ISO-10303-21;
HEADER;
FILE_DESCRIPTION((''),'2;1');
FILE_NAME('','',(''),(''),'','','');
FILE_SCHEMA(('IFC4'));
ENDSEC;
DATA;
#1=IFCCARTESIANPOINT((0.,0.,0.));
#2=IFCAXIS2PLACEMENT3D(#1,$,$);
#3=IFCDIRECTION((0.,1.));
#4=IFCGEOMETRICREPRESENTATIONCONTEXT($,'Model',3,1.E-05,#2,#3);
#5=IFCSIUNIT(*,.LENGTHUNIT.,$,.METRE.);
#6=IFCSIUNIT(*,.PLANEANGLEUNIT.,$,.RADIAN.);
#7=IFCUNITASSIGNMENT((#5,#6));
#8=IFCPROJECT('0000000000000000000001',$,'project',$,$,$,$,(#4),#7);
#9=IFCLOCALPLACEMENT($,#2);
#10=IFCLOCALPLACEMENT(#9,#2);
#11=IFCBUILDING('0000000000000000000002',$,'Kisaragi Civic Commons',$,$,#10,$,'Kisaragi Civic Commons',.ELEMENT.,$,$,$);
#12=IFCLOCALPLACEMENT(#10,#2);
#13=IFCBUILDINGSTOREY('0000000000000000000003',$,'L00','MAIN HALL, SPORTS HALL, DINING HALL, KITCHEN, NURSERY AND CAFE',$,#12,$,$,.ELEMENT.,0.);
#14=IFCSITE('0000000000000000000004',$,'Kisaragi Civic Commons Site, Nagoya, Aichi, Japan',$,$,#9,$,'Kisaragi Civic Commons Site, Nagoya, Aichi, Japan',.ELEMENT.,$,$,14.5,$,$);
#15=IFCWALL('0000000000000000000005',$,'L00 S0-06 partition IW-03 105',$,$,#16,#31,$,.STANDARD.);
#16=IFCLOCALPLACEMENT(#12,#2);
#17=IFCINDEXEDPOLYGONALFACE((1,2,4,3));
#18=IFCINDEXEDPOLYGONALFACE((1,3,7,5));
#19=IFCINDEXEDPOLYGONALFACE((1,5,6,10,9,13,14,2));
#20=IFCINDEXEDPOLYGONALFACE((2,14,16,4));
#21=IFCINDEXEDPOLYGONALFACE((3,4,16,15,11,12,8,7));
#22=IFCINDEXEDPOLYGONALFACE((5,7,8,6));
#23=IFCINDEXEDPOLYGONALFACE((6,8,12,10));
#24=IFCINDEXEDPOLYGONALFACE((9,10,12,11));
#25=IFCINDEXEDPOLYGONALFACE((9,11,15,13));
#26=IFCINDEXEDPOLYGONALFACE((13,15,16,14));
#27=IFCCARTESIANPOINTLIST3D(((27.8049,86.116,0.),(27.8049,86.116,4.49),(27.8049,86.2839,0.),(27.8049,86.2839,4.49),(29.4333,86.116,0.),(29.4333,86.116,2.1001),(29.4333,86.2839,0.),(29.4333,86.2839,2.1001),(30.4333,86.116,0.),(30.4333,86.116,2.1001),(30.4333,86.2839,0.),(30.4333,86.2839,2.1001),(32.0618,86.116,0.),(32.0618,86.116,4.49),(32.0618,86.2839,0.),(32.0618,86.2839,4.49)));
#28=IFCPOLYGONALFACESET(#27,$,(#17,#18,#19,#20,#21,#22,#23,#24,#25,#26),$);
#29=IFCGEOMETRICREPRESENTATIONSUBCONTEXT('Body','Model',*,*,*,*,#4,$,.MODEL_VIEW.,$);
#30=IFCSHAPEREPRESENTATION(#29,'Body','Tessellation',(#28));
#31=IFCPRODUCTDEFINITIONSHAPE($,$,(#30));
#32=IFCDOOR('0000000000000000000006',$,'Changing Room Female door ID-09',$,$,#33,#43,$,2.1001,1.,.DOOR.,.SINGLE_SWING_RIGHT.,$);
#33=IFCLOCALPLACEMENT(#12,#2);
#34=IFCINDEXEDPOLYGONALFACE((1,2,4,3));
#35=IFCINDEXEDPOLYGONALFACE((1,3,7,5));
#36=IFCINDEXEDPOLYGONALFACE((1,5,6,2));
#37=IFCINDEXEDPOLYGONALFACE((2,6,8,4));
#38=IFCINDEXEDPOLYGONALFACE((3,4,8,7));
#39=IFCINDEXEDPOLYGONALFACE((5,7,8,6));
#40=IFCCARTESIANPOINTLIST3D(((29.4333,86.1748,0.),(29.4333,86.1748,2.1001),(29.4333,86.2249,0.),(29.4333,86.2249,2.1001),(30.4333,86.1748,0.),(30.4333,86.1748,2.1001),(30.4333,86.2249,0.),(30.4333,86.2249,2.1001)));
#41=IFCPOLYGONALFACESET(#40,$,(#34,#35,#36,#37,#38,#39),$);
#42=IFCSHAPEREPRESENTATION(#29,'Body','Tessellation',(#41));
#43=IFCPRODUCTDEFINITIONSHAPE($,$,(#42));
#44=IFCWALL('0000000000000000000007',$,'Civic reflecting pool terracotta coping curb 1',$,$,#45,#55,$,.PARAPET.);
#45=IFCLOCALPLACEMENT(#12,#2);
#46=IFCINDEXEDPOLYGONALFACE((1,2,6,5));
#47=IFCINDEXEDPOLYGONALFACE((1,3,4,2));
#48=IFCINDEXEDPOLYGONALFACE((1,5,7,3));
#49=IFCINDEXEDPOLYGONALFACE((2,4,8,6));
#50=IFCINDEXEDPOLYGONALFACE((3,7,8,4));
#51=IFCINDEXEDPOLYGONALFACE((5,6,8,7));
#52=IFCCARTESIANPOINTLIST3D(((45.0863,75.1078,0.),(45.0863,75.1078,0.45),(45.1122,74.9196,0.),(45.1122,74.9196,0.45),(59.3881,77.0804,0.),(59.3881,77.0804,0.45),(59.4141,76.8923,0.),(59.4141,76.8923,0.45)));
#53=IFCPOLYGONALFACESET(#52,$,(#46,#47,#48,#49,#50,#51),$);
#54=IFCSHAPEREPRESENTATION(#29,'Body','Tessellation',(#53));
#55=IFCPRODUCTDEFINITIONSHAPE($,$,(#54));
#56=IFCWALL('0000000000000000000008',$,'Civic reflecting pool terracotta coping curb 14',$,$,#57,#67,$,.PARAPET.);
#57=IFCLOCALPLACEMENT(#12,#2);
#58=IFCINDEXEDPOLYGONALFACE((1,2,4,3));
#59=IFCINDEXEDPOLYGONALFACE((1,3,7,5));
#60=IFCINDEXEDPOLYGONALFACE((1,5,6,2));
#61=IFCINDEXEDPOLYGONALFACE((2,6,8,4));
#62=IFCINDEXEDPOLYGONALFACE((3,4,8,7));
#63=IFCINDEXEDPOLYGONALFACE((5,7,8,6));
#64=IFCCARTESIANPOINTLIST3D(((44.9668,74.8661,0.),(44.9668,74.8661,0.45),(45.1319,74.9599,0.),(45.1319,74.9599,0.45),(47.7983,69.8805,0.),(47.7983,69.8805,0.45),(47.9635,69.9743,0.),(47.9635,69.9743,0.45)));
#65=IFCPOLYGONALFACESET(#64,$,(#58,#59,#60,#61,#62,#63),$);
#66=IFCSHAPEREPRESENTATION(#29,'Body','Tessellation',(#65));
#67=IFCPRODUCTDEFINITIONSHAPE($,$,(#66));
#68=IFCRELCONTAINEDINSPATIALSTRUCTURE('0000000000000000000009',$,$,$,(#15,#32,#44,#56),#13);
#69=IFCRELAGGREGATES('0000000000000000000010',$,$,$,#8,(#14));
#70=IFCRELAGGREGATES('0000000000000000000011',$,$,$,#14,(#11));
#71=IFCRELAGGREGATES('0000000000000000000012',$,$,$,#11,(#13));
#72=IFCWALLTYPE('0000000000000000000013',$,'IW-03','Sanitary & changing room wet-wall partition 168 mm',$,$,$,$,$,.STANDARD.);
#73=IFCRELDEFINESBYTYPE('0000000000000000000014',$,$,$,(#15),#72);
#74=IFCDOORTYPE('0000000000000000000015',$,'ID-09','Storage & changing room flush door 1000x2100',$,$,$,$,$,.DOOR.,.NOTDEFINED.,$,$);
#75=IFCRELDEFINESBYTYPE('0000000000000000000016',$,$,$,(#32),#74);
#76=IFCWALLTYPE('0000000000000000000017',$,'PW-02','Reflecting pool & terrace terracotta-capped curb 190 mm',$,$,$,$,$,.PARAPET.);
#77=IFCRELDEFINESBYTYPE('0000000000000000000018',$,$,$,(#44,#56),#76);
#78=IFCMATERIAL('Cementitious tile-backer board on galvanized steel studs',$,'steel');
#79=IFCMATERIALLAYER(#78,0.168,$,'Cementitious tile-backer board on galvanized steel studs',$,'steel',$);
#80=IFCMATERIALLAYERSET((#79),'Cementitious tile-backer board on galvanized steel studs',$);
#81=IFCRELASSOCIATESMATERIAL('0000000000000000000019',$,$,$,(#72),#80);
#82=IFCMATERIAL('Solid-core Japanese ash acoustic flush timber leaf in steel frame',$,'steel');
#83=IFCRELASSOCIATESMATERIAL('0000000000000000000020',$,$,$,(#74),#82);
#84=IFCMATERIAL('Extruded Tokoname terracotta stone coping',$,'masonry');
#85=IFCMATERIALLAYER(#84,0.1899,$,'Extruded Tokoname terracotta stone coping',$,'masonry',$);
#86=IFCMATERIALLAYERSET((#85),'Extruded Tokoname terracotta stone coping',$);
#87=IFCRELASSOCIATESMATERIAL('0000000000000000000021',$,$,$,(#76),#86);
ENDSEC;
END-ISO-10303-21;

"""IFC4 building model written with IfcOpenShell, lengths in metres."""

from ifc_helpers import new_model, si_unit, direction, frame, frame_2d, origin, place, context, subcontext, project, spatial, rectangle, extrude, material, layer, layer_set, type_object, element, fill, save


model = new_model("IFC4")

# Units and contexts
model_context = context("Model", 3, precision=1e-05, world=origin(), true_north=direction((0.0, 1.0)))
body_context = subcontext(model_context, "Body", "Model", "MODEL_VIEW")
ifc_project = project(units=[si_unit("LENGTHUNIT", "METRE"), si_unit("PLANEANGLEUNIT", "RADIAN")], contexts=[model_context])

# Site, building, storey
site_placement = place(None, origin())
site = spatial("IfcSite", under=ifc_project, at=site_placement, Name="Kisaragi Civic Commons Site, Nagoya, Aichi, Japan", LongName="Kisaragi Civic Commons Site, Nagoya, Aichi, Japan", CompositionType="ELEMENT", RefElevation=14.5)
building_placement = place(site_placement, origin())
building = spatial("IfcBuilding", under=site, at=building_placement, Name="Kisaragi Civic Commons", LongName="Kisaragi Civic Commons", CompositionType="ELEMENT")
storey_placement = place(building_placement, origin())
storey = spatial("IfcBuildingStorey", under=building, at=storey_placement, Name="L00", Description="MAIN HALL, SPORTS HALL, DINING HALL, KITCHEN, NURSERY AND CAFE", CompositionType="ELEMENT", Elevation=0.0)

# Shared definitions
ifc_material_1 = material(Name="Cementitious tile-backer board on galvanized steel studs", Category="steel")
ifc_layer_1 = layer(ifc_material_1, 0.168, Name="Cementitious tile-backer board on galvanized steel studs", Category="steel")
ifc_layer_set_1 = layer_set([ifc_layer_1], Name="Cementitious tile-backer board on galvanized steel studs")
wall_type_1 = type_object("IfcWallType", Name="IW-03", Description="Sanitary & changing room wet-wall partition 168 mm", PredefinedType="STANDARD", material=ifc_layer_set_1)

# Wall, opening, door
wall_1_placement = place(storey_placement, frame((27.8049, 86.2, 0.0), z_axis=(0.0, 0.0, 1.0), x_axis=(1.0, 0.0, 0.0)))
wall_1 = element("IfcWall", 1, at=wall_1_placement, inside=storey, type_object=wall_type_1, Name="L00 S0-06 partition IW-03 105", PredefinedType="STANDARD", context=body_context, shape_type="SweptSolid", body=[
    extrude(rectangle(XDim=4.2568, YDim=0.168, at=frame_2d((2.1284, 0.0))), origin(), (0.0, 0.0, 1.0), 4.49),
])
opening_1_placement = place(wall_1_placement, frame((1.6284, 0.0, 0.0)))
opening_1 = element("IfcOpeningElement", 2, at=opening_1_placement, cuts=wall_1, PredefinedType="OPENING", context=body_context, shape_type="SweptSolid", body=[
    extrude(rectangle(XDim=1.0, YDim=2.1001, at=frame_2d((0.5, 1.05))), frame((0.0, 0.094, 0.0), z_axis=(0.0, -1.0, 0.0), x_axis=(1.0, 0.0, 0.0)), (0.0, 0.0, 1.0), 0.188),
])
ifc_material_2 = material(Name="Solid-core Japanese ash acoustic flush timber leaf in steel frame", Category="steel")
door_type_1 = type_object("IfcDoorType", Name="ID-09", Description="Storage & changing room flush door 1000x2100", OperationType="NOTDEFINED", PredefinedType="DOOR", material=ifc_material_2)
door_1_placement = place(opening_1_placement, origin())
door_1 = element("IfcDoor", 3, at=door_1_placement, inside=storey, type_object=door_type_1, Name="Changing Room Female door ID-09", OperationType="SINGLE_SWING_RIGHT", OverallHeight=2.1001, OverallWidth=1.0, PredefinedType="DOOR", context=body_context, shape_type="SweptSolid", body=[
    extrude(rectangle(XDim=1.0, YDim=2.1001, at=frame_2d((0.5, 1.05))), frame((0.0, 0.0249, 0.0), z_axis=(0.0, -1.0, 0.0), x_axis=(1.0, 0.0, 0.0)), (0.0, 0.0, 1.0), 0.05),
])
fill(opening_1, door_1)

# Walls
ifc_material_3 = material(Name="Extruded Tokoname terracotta stone coping", Category="masonry")
ifc_layer_2 = layer(ifc_material_3, 0.1899, Name="Extruded Tokoname terracotta stone coping", Category="masonry")
ifc_layer_set_2 = layer_set([ifc_layer_2], Name="Extruded Tokoname terracotta stone coping")
wall_type_2 = type_object("IfcWallType", Name="PW-02", Description="Reflecting pool & terrace terracotta-capped curb 190 mm", PredefinedType="PARAPET", material=ifc_layer_set_2)
wall_2_placement = place(storey_placement, frame((45.0991, 75.0137, 0.0), z_axis=(0.0, 0.0, 1.0), x_axis=(0.990621, 0.136637, 0.0)))
element("IfcWall", 4, at=wall_2_placement, inside=storey, type_object=wall_type_2, Name="Civic reflecting pool terracotta coping curb 1", PredefinedType="PARAPET", context=body_context, shape_type="SweptSolid", body=[
    extrude(rectangle(XDim=14.4373, YDim=0.1899, at=frame_2d((7.2188, 0.0))), origin(), (0.0, 0.0, 1.0), 0.45),
])
wall_3_placement = place(storey_placement, frame((47.8809, 69.9275, 0.0), z_axis=(0.0, 0.0, 1.0), x_axis=(-0.493854, 0.869545, 0.0)))
element("IfcWall", 5, at=wall_3_placement, inside=storey, type_object=wall_type_2, Name="Civic reflecting pool terracotta coping curb 14", PredefinedType="PARAPET", context=body_context, shape_type="SweptSolid", body=[
    extrude(rectangle(XDim=5.7336, YDim=0.1899, at=frame_2d((2.8667, 0.0))), origin(), (0.0, 0.0, 1.0), 0.45),
])

save(model, "model.ifc")
